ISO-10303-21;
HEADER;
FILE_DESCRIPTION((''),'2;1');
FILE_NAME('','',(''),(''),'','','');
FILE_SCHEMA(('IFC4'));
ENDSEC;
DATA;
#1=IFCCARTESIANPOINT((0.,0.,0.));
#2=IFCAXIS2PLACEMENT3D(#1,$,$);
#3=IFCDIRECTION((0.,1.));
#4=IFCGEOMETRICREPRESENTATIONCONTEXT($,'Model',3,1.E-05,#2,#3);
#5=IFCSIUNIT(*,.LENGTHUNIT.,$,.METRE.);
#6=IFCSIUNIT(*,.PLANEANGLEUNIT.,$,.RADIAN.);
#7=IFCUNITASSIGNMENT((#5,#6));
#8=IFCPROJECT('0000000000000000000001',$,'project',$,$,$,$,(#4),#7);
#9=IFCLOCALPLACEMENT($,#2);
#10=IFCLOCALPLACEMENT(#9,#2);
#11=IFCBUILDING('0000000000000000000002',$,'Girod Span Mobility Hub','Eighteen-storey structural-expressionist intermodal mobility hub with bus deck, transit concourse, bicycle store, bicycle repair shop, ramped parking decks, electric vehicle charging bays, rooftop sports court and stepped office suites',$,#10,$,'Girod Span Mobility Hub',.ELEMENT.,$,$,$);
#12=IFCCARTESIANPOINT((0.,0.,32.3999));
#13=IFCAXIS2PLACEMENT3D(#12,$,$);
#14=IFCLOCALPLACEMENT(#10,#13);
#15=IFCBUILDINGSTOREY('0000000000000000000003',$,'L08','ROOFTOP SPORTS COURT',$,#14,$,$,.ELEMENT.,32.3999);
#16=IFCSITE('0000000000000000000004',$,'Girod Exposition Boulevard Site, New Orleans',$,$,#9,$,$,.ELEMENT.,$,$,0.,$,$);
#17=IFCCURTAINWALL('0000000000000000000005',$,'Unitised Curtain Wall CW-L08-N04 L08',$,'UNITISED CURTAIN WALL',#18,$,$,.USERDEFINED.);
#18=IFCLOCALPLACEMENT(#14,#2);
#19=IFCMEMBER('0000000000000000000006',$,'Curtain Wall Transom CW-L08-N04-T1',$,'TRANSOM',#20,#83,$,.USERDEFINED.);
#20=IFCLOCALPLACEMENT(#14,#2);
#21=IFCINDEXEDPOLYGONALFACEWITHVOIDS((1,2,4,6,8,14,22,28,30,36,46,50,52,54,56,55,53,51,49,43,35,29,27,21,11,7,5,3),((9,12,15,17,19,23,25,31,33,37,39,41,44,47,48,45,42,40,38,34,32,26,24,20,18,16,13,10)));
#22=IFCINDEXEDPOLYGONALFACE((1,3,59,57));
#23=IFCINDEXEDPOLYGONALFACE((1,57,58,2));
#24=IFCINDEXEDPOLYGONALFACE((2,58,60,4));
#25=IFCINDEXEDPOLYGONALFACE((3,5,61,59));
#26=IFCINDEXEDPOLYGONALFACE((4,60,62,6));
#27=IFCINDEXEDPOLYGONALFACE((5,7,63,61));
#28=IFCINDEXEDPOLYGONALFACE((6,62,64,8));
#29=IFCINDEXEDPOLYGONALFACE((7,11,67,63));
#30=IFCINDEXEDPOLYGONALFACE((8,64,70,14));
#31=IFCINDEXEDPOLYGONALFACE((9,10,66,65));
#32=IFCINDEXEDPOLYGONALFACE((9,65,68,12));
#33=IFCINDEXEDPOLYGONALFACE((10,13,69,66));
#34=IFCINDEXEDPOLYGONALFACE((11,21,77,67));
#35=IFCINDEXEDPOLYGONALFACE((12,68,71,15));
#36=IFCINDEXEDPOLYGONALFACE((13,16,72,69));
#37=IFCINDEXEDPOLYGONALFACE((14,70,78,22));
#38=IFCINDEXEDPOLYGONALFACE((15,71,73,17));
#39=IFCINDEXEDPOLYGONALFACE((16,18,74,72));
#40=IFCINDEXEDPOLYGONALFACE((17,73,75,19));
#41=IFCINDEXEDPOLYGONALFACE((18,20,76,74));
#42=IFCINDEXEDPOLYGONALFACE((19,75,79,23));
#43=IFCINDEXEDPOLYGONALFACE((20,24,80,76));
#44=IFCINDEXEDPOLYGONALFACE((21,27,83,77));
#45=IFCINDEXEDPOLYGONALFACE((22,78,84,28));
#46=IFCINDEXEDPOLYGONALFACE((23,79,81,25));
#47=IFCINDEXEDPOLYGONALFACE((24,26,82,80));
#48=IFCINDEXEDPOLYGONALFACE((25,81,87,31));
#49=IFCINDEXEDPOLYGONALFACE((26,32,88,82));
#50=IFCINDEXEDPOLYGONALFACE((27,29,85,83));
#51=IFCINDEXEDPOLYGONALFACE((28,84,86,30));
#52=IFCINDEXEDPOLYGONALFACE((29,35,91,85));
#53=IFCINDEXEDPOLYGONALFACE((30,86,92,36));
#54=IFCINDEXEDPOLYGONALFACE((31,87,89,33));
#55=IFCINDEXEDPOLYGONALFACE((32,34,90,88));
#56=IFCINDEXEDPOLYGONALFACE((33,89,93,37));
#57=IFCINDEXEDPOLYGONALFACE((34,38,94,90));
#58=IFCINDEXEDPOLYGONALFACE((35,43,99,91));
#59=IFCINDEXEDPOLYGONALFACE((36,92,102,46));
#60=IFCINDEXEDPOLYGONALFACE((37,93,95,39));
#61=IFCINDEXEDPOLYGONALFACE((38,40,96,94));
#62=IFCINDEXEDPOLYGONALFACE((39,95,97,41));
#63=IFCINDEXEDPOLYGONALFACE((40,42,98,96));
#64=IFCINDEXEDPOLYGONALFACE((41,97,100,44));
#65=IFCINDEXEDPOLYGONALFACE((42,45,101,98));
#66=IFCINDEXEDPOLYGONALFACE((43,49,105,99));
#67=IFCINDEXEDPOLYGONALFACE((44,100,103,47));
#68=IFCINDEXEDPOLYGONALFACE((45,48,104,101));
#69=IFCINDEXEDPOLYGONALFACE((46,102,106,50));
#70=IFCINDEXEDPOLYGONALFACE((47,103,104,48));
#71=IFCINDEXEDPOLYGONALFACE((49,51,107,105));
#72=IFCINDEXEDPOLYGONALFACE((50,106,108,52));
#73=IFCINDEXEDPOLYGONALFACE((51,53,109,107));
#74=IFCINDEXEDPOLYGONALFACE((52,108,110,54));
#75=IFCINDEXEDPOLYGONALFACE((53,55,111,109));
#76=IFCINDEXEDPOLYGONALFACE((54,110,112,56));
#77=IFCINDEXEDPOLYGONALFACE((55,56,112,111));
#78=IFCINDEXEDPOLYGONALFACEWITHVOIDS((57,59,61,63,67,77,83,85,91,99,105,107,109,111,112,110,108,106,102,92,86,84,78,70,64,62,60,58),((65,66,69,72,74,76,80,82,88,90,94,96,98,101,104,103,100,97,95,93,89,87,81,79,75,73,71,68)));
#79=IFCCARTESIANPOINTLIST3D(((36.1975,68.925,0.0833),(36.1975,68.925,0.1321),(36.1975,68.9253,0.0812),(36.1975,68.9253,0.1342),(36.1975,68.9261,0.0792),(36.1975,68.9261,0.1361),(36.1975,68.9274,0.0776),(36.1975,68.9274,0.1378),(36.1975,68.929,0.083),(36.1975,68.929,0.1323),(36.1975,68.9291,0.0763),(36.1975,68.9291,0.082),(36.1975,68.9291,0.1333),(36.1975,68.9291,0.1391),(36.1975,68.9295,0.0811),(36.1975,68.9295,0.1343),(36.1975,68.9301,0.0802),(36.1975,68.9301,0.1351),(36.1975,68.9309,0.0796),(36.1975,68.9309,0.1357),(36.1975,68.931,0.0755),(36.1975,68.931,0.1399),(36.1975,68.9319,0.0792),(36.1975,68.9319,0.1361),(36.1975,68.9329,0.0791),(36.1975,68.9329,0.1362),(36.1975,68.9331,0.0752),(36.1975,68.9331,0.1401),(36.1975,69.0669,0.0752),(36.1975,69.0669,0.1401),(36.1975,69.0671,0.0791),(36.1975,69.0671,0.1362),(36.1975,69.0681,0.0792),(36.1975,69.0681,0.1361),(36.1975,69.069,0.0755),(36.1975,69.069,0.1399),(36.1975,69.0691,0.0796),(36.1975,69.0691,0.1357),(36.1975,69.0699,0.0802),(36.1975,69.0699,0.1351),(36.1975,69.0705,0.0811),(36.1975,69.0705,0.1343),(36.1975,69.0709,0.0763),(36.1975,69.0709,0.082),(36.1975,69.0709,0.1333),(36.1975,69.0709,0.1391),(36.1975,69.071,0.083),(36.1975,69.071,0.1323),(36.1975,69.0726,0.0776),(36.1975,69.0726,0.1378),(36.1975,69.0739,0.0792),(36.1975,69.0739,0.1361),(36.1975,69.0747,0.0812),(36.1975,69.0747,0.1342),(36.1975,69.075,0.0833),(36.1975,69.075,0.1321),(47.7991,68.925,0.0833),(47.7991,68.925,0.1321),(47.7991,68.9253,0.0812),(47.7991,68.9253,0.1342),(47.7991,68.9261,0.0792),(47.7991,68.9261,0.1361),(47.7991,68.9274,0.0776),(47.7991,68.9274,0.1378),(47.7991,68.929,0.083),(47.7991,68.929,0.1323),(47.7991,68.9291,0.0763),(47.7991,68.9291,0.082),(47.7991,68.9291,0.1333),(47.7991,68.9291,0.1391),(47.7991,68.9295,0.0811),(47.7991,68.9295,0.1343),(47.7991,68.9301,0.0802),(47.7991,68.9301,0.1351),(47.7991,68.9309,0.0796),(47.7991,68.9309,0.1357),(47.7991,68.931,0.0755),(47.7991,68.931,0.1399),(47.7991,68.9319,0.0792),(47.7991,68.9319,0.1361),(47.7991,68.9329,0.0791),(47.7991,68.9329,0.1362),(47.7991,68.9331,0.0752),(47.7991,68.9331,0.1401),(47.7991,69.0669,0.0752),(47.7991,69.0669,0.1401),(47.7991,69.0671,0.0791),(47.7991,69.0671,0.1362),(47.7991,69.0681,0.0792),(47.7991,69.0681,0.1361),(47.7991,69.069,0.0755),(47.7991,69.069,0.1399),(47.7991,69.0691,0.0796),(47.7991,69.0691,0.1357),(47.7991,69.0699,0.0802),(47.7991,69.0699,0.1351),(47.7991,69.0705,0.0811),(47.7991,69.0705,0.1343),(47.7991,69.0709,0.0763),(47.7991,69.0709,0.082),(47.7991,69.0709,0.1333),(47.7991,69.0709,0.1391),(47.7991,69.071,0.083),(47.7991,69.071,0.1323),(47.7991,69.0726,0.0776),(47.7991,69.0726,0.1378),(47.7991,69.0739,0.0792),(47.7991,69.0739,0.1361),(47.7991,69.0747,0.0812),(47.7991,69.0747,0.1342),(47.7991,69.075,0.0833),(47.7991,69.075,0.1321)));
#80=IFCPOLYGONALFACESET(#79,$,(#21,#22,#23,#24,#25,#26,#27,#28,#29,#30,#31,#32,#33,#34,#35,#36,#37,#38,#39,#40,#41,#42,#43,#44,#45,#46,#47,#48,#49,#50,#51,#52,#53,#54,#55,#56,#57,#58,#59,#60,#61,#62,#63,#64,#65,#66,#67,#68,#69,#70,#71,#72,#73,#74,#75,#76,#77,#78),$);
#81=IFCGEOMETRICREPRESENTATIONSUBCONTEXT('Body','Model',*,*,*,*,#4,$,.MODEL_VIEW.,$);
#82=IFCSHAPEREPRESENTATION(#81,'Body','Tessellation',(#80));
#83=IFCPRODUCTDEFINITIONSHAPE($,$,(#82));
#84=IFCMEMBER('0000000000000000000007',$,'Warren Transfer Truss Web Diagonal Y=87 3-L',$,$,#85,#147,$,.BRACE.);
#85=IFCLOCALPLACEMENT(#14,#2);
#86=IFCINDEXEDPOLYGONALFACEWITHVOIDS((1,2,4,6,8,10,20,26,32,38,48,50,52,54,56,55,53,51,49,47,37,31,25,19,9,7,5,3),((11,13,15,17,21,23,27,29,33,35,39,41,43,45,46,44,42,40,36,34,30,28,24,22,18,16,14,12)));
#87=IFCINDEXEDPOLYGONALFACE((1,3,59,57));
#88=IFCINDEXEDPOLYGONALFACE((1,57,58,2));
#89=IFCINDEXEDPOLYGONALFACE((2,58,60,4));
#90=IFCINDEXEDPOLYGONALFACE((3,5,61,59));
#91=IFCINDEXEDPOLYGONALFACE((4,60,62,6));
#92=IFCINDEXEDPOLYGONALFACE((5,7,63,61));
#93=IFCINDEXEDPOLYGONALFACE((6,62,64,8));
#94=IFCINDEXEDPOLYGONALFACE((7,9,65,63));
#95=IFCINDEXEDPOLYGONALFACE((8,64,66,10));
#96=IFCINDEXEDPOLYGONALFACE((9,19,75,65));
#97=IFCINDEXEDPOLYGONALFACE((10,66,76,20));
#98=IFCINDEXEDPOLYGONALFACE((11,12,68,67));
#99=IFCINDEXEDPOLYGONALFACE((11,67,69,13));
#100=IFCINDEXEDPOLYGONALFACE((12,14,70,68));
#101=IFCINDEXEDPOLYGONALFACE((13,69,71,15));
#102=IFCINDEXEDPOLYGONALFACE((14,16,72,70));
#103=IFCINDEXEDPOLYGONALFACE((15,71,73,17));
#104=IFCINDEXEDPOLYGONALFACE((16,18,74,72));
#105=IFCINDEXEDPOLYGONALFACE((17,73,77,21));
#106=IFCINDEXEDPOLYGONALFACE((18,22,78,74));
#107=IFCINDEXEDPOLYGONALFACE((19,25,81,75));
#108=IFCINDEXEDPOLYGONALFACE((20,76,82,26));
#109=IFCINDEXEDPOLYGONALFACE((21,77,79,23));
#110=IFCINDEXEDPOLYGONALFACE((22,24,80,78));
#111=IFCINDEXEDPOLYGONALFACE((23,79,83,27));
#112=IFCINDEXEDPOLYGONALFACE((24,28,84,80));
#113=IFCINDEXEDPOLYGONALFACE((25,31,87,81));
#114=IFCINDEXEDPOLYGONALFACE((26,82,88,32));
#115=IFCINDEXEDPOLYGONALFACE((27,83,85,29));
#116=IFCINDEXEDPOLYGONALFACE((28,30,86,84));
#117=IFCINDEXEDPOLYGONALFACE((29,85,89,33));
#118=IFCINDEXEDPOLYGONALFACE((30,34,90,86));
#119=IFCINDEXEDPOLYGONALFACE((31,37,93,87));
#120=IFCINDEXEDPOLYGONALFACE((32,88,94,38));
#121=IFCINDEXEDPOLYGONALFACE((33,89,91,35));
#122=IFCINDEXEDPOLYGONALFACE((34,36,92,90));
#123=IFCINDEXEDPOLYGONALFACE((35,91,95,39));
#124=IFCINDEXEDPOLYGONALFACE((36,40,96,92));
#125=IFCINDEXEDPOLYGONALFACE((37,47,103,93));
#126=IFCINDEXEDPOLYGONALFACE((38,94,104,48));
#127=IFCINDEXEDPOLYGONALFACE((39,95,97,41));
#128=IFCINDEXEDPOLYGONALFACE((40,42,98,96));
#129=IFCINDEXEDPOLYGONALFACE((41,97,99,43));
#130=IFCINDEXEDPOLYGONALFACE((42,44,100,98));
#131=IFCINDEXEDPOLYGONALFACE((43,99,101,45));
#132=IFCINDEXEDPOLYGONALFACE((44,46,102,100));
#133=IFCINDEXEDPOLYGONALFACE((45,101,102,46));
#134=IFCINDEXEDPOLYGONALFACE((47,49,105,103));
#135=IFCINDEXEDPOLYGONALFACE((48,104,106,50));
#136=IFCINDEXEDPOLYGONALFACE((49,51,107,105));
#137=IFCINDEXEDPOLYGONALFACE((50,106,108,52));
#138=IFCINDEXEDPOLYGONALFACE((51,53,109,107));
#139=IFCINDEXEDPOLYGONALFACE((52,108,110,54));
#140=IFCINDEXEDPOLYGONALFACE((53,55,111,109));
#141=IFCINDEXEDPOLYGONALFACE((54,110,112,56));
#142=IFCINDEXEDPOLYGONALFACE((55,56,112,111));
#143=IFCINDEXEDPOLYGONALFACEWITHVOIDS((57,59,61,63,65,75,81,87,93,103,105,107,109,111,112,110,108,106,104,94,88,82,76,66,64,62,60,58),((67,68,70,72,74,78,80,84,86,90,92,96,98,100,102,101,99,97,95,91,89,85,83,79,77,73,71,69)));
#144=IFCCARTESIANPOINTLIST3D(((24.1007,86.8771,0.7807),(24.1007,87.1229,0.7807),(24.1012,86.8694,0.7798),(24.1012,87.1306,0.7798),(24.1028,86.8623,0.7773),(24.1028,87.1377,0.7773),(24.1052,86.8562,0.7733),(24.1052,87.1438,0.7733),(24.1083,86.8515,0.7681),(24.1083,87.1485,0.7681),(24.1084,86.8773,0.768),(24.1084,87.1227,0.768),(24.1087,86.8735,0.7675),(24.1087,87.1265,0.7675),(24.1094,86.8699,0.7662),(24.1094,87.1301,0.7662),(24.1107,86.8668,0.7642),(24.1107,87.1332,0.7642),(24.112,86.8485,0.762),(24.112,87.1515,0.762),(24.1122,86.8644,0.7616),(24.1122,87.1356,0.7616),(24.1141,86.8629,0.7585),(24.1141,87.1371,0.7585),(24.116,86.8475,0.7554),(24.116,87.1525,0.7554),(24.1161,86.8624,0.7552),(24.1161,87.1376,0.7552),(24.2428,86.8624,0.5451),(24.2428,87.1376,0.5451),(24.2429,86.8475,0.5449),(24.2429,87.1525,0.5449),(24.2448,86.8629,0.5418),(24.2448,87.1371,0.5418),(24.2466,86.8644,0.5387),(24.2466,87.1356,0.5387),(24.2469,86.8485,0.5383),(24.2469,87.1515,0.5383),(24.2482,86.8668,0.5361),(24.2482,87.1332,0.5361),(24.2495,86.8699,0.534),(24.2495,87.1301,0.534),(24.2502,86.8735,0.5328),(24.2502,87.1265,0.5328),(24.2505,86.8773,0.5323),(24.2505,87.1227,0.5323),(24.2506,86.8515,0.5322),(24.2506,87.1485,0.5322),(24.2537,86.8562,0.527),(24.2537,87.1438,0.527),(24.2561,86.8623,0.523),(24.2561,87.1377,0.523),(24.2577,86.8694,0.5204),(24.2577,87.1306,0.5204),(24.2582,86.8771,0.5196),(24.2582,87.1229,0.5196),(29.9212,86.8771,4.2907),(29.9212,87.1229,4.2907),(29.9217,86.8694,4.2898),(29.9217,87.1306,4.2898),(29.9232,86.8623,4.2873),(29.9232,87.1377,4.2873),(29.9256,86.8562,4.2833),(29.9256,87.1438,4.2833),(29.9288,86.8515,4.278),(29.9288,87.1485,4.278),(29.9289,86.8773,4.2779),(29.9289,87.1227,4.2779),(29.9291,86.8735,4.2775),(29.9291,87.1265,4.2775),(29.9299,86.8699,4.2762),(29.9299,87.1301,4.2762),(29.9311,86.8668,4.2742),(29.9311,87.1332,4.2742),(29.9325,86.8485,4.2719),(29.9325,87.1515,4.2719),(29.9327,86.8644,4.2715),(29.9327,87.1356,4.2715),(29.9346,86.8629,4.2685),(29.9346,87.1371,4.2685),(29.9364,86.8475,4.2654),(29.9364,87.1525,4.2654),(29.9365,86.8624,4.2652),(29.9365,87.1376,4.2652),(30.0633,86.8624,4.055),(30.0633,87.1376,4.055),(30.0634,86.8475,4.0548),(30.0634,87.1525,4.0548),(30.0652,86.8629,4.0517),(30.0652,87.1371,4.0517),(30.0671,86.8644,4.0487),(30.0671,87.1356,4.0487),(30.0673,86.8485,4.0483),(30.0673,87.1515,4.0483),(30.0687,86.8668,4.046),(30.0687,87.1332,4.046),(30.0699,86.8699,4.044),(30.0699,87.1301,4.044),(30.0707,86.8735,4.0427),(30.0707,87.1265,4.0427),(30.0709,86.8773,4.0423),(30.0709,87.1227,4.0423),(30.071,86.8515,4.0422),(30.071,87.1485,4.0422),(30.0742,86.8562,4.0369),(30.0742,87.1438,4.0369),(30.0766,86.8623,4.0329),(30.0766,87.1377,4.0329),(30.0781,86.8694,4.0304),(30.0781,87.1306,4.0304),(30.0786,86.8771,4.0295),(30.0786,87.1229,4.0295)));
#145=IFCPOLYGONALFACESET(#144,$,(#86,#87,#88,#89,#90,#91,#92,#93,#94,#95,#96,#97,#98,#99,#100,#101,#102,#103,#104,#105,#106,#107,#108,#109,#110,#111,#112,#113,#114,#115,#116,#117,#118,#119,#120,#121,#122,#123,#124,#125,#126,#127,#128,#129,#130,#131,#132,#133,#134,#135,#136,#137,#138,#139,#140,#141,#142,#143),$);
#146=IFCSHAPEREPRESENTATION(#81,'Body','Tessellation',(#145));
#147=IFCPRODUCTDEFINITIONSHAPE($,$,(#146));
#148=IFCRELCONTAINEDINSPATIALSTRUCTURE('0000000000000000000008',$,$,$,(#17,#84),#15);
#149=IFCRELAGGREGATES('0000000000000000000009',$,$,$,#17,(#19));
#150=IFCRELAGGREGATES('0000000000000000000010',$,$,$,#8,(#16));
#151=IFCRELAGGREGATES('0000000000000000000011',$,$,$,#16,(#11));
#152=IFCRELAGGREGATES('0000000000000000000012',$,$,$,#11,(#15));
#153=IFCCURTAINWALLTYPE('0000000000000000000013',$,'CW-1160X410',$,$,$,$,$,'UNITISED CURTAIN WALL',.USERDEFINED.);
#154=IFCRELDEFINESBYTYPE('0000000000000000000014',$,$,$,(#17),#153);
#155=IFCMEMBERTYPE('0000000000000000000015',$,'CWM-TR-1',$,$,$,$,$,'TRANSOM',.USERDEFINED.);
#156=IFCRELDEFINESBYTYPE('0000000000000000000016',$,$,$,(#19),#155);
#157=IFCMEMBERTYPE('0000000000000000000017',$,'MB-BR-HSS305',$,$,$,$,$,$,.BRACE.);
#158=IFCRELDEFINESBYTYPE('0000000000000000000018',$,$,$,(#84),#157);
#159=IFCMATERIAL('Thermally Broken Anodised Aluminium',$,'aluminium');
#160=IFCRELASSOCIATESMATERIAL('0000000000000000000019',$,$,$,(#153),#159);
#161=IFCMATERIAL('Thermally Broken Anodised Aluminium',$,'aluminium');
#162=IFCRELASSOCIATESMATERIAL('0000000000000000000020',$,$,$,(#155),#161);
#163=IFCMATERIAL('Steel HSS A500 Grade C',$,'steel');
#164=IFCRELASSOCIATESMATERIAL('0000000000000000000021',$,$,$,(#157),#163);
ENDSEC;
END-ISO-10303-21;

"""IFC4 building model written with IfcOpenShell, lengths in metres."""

from ifc_helpers import new_model, si_unit, direction, frame, origin, origin_2d, place, context, subcontext, project, spatial, hollow_rectangle, extrude, material, material_profile, profile_set, type_object, element, aggregate, save


model = new_model("IFC4")

# Units and contexts
model_context = context("Model", 3, precision=1e-05, world=origin(), true_north=direction((0.0, 1.0)))
body_context = subcontext(model_context, "Body", "Model", "MODEL_VIEW")
ifc_project = project(units=[si_unit("LENGTHUNIT", "METRE"), si_unit("PLANEANGLEUNIT", "RADIAN")], contexts=[model_context])

# Site, building, storey
site_placement = place(None, origin())
site = spatial("IfcSite", under=ifc_project, at=site_placement, Name="Girod Exposition Boulevard Site, New Orleans", CompositionType="ELEMENT", RefElevation=0.0)
building_placement = place(site_placement, origin())
building = spatial("IfcBuilding", under=site, at=building_placement, Name="Girod Span Mobility Hub", Description="Eighteen-storey structural-expressionist intermodal mobility hub with bus deck, transit concourse, bicycle store, bicycle repair shop, ramped parking decks, electric vehicle charging bays, rooftop sports court and stepped office suites", LongName="Girod Span Mobility Hub", CompositionType="ELEMENT")
storey_placement = place(building_placement, frame((0.0, 0.0, 32.3999)))
storey = spatial("IfcBuildingStorey", under=building, at=storey_placement, Name="L08", Description="ROOFTOP SPORTS COURT", CompositionType="ELEMENT", Elevation=32.3999)

# Curtain wall, member
ifc_material_1 = material(Name="Thermally Broken Anodised Aluminium", Category="aluminium")
curtain_wall_type = type_object("IfcCurtainWallType", Name="CW-1160X410", ElementType="UNITISED CURTAIN WALL", PredefinedType="USERDEFINED", material=ifc_material_1)
curtain_wall_placement = place(storey_placement, origin())
curtain_wall = element("IfcCurtainWall", 1, at=curtain_wall_placement, inside=storey, type_object=curtain_wall_type, Name="Unitised Curtain Wall CW-L08-N04 L08", ObjectType="UNITISED CURTAIN WALL", PredefinedType="USERDEFINED")
ifc_material_2 = material(Name="Thermally Broken Anodised Aluminium", Category="aluminium")
ifc_material_profile_1 = material_profile(ifc_material_2, hollow_rectangle(XDim=0.1499, YDim=0.0649, WallThickness=0.0039, InnerFilletRadius=0.0039, OuterFilletRadius=0.0081, at=origin_2d()), Name="CW-TR-65X150")
ifc_profile_set_1 = profile_set([ifc_material_profile_1], Name="Thermally Broken Anodised Aluminium")
member_type_1 = type_object("IfcMemberType", Name="CWM-TR-1", ElementType="TRANSOM", PredefinedType="USERDEFINED", material=ifc_profile_set_1)
member_1_placement = place(storey_placement, frame((36.1975, 69.0, 0.1077), z_axis=(1.0, 0.0, 0.0), x_axis=(0.0, 1.0, 0.0)))
member_1 = element("IfcMember", 2, at=member_1_placement, type_object=member_type_1, Name="Curtain Wall Transom CW-L08-N04-T1", ObjectType="TRANSOM", PredefinedType="USERDEFINED", context=body_context, shape_type="SweptSolid", body=[
    extrude(hollow_rectangle(XDim=0.1499, YDim=0.0649, WallThickness=0.0039, InnerFilletRadius=0.0039, OuterFilletRadius=0.0081, at=origin_2d()), origin(), (0.0, 0.0, 1.0), 11.6016),
])
aggregate(curtain_wall, [member_1])

# Member
ifc_material_3 = material(Name="Steel HSS A500 Grade C", Category="steel")
ifc_material_profile_2 = material_profile(ifc_material_3, hollow_rectangle(XDim=0.3049, YDim=0.3049, WallThickness=0.0149, InnerFilletRadius=0.0149, OuterFilletRadius=0.0295, at=origin_2d()), Name="HSS305X305X16")
ifc_profile_set_2 = profile_set([ifc_material_profile_2], Name="Steel HSS A500 Grade C")
member_type_2 = type_object("IfcMemberType", Name="MB-BR-HSS305", PredefinedType="BRACE", material=ifc_profile_set_2)
for number, where, z_axis, x_axis, name in (
    (3, (24.1794, 87.0, 0.6501), (0.856344, 0.0, 0.516407), (0.0, 1.0, 0.0), "Warren Transfer Truss Web Diagonal Y=87 3-L"),
):
    element("IfcMember", number, at=place(storey_placement, frame(where, z_axis=z_axis, x_axis=x_axis)), inside=storey, type_object=member_type_2, Name=name, PredefinedType="BRACE", context=body_context, shape_type="SweptSolid", body=[
        extrude(hollow_rectangle(XDim=0.3049, YDim=0.3049, WallThickness=0.0149, InnerFilletRadius=0.0149, OuterFilletRadius=0.0295, at=origin_2d()), origin(), (0.0, 0.0, 1.0), 6.7969),
    ])

save(model, "model.ifc")
